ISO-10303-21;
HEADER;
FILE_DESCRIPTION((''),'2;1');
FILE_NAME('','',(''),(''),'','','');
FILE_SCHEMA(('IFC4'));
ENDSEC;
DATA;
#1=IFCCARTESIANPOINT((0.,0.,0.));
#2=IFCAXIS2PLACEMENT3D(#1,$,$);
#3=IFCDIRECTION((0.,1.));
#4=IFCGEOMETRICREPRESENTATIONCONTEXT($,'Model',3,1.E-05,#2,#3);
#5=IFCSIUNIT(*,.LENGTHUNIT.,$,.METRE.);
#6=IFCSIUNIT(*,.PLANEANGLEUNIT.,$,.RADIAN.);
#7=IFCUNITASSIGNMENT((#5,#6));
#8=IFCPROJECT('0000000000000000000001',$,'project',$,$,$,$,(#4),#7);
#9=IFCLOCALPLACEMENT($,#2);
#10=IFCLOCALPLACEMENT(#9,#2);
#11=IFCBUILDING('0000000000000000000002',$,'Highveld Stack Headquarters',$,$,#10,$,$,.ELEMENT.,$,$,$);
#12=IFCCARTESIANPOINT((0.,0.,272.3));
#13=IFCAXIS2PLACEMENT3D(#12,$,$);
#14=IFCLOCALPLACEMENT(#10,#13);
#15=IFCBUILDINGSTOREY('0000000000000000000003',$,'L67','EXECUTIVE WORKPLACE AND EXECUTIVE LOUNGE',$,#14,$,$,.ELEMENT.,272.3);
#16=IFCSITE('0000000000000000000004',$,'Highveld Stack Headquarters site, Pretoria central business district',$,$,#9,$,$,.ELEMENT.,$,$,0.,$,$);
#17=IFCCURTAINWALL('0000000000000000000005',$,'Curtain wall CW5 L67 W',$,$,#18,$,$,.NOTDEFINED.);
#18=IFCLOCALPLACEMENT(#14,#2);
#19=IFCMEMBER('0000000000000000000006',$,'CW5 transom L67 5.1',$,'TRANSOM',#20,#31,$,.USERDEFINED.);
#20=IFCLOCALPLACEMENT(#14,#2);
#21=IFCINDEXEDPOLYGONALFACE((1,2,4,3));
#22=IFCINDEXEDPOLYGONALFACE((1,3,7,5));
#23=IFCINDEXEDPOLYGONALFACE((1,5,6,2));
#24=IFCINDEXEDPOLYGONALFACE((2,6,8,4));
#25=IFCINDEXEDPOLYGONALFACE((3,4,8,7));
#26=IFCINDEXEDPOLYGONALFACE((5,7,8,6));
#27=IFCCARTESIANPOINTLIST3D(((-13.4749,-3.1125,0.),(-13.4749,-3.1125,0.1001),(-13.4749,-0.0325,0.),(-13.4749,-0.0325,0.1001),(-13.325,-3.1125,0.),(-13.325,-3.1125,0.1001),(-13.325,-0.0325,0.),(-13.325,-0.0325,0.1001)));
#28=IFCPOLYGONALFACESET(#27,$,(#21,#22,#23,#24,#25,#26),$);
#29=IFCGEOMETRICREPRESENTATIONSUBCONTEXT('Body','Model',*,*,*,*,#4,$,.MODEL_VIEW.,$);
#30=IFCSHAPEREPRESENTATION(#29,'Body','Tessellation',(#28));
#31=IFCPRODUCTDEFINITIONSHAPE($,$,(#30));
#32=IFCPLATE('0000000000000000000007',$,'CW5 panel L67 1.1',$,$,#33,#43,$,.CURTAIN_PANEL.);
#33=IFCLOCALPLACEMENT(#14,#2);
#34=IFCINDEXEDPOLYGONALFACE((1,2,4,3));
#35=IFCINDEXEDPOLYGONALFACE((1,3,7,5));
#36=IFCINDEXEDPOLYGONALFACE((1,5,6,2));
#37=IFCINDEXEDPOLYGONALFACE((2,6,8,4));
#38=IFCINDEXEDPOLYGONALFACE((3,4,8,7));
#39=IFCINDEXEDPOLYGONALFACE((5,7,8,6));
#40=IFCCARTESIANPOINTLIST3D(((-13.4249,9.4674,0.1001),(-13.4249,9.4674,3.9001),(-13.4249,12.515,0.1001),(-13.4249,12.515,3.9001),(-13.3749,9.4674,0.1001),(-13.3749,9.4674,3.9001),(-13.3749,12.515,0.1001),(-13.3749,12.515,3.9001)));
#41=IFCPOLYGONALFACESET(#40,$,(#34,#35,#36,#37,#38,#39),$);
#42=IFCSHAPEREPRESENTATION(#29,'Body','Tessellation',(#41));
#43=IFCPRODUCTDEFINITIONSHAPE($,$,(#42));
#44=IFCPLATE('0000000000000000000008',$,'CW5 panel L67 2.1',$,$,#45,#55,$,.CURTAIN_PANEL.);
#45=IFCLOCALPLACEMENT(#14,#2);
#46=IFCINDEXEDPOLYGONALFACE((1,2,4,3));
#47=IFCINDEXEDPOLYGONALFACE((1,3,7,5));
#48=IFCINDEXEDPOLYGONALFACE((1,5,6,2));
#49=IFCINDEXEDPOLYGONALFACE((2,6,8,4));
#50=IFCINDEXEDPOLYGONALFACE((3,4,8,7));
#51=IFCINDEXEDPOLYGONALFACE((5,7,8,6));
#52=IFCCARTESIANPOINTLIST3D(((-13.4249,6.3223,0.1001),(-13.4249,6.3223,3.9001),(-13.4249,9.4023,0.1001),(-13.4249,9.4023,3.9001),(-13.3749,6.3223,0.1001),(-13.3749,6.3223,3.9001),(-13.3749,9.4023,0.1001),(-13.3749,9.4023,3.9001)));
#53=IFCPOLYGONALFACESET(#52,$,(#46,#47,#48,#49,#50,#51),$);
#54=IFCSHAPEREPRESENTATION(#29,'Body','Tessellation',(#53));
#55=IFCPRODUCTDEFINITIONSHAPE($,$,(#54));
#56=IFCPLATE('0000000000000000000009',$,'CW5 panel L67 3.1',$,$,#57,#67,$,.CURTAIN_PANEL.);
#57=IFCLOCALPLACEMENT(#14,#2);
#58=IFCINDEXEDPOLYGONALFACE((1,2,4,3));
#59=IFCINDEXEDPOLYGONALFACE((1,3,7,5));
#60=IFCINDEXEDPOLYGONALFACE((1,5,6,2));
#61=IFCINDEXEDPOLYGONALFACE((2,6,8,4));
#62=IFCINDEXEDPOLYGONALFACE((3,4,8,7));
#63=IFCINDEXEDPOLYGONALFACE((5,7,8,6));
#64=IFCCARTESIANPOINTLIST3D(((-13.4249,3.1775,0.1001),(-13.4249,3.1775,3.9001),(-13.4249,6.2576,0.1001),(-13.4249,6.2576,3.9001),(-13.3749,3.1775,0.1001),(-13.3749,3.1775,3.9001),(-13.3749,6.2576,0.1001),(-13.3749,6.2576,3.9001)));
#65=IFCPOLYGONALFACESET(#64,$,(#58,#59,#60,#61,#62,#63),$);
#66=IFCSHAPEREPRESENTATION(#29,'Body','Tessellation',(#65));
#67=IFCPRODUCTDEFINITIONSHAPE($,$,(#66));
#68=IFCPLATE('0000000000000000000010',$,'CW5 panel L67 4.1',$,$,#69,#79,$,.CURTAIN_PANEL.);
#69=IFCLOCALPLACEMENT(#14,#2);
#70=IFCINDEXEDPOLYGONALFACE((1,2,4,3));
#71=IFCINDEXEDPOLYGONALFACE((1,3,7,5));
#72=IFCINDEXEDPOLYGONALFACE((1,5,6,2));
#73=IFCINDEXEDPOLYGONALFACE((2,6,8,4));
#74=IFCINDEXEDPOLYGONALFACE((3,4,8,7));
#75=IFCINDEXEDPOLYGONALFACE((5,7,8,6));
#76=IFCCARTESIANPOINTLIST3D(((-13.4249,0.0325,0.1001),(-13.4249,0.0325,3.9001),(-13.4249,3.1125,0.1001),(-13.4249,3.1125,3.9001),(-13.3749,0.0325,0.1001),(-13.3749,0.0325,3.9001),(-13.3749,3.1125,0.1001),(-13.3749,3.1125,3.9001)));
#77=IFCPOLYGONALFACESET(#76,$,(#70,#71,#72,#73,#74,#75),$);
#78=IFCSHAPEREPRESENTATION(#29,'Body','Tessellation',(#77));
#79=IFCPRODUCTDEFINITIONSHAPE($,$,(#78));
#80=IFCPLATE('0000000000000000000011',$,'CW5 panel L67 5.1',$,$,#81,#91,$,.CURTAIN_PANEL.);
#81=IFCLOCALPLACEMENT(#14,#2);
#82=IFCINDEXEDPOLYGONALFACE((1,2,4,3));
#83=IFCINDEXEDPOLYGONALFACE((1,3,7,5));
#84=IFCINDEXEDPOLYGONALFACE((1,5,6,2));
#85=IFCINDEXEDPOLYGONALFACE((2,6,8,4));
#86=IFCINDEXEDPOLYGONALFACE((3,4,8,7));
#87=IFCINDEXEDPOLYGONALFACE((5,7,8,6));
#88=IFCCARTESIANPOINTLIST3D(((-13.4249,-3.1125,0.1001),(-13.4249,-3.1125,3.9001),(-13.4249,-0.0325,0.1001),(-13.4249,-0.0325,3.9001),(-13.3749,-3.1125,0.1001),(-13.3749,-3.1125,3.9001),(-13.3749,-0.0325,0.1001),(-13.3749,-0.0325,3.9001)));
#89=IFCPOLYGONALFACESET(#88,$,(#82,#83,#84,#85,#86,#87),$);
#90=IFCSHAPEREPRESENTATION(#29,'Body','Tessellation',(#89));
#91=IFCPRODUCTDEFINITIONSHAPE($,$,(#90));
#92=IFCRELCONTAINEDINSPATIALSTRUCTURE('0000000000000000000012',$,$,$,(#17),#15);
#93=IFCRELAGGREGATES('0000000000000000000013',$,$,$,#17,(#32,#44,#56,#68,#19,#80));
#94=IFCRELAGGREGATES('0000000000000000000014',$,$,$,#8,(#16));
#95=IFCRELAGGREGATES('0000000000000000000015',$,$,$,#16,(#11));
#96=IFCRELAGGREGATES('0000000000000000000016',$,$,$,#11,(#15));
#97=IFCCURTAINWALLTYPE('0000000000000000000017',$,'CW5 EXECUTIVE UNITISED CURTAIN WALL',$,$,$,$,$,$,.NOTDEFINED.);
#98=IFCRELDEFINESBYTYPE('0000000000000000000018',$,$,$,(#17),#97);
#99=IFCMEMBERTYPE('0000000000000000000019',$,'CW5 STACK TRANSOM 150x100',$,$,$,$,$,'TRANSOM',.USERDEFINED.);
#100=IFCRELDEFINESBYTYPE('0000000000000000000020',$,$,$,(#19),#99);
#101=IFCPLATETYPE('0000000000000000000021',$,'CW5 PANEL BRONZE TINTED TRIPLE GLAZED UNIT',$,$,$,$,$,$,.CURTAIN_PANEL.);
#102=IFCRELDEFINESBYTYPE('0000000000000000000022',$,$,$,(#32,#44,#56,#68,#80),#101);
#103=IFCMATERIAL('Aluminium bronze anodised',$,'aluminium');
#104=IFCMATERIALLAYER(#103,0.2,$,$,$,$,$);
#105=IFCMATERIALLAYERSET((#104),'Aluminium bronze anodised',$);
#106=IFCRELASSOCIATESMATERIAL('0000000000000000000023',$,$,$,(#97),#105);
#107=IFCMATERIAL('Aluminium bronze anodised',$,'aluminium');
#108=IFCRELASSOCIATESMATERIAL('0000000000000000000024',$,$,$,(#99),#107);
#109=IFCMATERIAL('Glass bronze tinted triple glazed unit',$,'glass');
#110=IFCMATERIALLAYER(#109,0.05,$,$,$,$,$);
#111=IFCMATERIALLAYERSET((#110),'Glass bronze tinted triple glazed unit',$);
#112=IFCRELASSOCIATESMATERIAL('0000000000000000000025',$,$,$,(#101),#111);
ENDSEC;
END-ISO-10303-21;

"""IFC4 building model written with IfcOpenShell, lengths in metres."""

from ifc_helpers import new_model, si_unit, direction, frame, origin, origin_2d, place, context, subcontext, project, spatial, rectangle, extrude, material, layer, layer_set, material_profile, profile_set, type_object, element, aggregate, save


model = new_model("IFC4")

# Units and contexts
model_context = context("Model", 3, precision=1e-05, world=origin(), true_north=direction((0.0, 1.0)))
body_context = subcontext(model_context, "Body", "Model", "MODEL_VIEW")
ifc_project = project(units=[si_unit("LENGTHUNIT", "METRE"), si_unit("PLANEANGLEUNIT", "RADIAN")], contexts=[model_context])

# Site, building, storey
site_placement = place(None, origin())
site = spatial("IfcSite", under=ifc_project, at=site_placement, Name="Highveld Stack Headquarters site, Pretoria central business district", CompositionType="ELEMENT", RefElevation=0.0)
building_placement = place(site_placement, origin())
building = spatial("IfcBuilding", under=site, at=building_placement, Name="Highveld Stack Headquarters", CompositionType="ELEMENT")
storey_placement = place(building_placement, frame((0.0, 0.0, 272.3)))
storey = spatial("IfcBuildingStorey", under=building, at=storey_placement, Name="L67", Description="EXECUTIVE WORKPLACE AND EXECUTIVE LOUNGE", CompositionType="ELEMENT", Elevation=272.3)

# Curtain wall, member, plates
ifc_material_1 = material(Name="Aluminium bronze anodised", Category="aluminium")
ifc_layer_1 = layer(ifc_material_1, 0.2)
ifc_layer_set_1 = layer_set([ifc_layer_1], Name="Aluminium bronze anodised")
curtain_wall_type = type_object("IfcCurtainWallType", Name="CW5 EXECUTIVE UNITISED CURTAIN WALL", PredefinedType="NOTDEFINED", material=ifc_layer_set_1)
curtain_wall_placement = place(storey_placement, origin())
curtain_wall = element("IfcCurtainWall", 1, at=curtain_wall_placement, inside=storey, type_object=curtain_wall_type, Name="Curtain wall CW5 L67 W", PredefinedType="NOTDEFINED")
ifc_material_2 = material(Name="Aluminium bronze anodised", Category="aluminium")
ifc_material_profile_1 = material_profile(ifc_material_2, rectangle(XDim=0.1499, YDim=0.1001, at=origin_2d()), Name="CW5 TRANSOM 150x100")
ifc_profile_set_1 = profile_set([ifc_material_profile_1], Name="Aluminium bronze anodised")
member_type_1 = type_object("IfcMemberType", Name="CW5 STACK TRANSOM 150x100", ElementType="TRANSOM", PredefinedType="USERDEFINED", material=ifc_profile_set_1)
member_1_placement = place(storey_placement, frame((-13.3999, -0.0325, 0.05), z_axis=(0.0, -1.0, 0.0), x_axis=(1.0, 0.0, 0.0)))
member_1 = element("IfcMember", 2, at=member_1_placement, type_object=member_type_1, Name="CW5 transom L67 5.1", ObjectType="TRANSOM", PredefinedType="USERDEFINED", context=body_context, shape_type="SweptSolid", body=[
    extrude(rectangle(XDim=0.1499, YDim=0.1001, at=origin_2d()), origin(), (0.0, 0.0, 1.0), 3.0801),
])
ifc_material_3 = material(Name="Glass bronze tinted triple glazed unit", Category="glass")
ifc_layer_2 = layer(ifc_material_3, 0.05)
ifc_layer_set_2 = layer_set([ifc_layer_2], Name="Glass bronze tinted triple glazed unit")
plate_type = type_object("IfcPlateType", Name="CW5 PANEL BRONZE TINTED TRIPLE GLAZED UNIT", PredefinedType="CURTAIN_PANEL", material=ifc_layer_set_2)
plate_1_placement = place(storey_placement, frame((-13.3999, 10.9912, 0.1001), z_axis=(0.0, 0.0, 1.0), x_axis=(0.0, -1.0, 0.0)))
plate_1 = element("IfcPlate", 3, at=plate_1_placement, type_object=plate_type, Name="CW5 panel L67 1.1", PredefinedType="CURTAIN_PANEL", context=body_context, shape_type="SweptSolid", body=[
    extrude(rectangle(XDim=3.0476, YDim=0.05, at=origin_2d()), origin(), (0.0, 0.0, 1.0), 3.8),
])
plate_2_placement = place(storey_placement, frame((-13.3999, 7.8623, 0.1001), z_axis=(0.0, 0.0, 1.0), x_axis=(0.0, -1.0, 0.0)))
plate_2 = element("IfcPlate", 4, at=plate_2_placement, type_object=plate_type, Name="CW5 panel L67 2.1", PredefinedType="CURTAIN_PANEL", context=body_context, shape_type="SweptSolid", body=[
    extrude(rectangle(XDim=3.0801, YDim=0.05, at=origin_2d()), origin(), (0.0, 0.0, 1.0), 3.8),
])
plate_3_placement = place(storey_placement, frame((-13.3999, 4.7175, 0.1001), z_axis=(0.0, 0.0, 1.0), x_axis=(0.0, -1.0, 0.0)))
plate_3 = element("IfcPlate", 5, at=plate_3_placement, type_object=plate_type, Name="CW5 panel L67 3.1", PredefinedType="CURTAIN_PANEL", context=body_context, shape_type="SweptSolid", body=[
    extrude(rectangle(XDim=3.0801, YDim=0.05, at=origin_2d()), origin(), (0.0, 0.0, 1.0), 3.8),
])
plate_4_placement = place(storey_placement, frame((-13.3999, 1.5725, 0.1001), z_axis=(0.0, 0.0, 1.0), x_axis=(0.0, -1.0, 0.0)))
plate_4 = element("IfcPlate", 6, at=plate_4_placement, type_object=plate_type, Name="CW5 panel L67 4.1", PredefinedType="CURTAIN_PANEL", context=body_context, shape_type="SweptSolid", body=[
    extrude(rectangle(XDim=3.0801, YDim=0.05, at=origin_2d()), origin(), (0.0, 0.0, 1.0), 3.8),
])
plate_5_placement = place(storey_placement, frame((-13.3999, -1.5725, 0.1001), z_axis=(0.0, 0.0, 1.0), x_axis=(0.0, -1.0, 0.0)))
plate_5 = element("IfcPlate", 7, at=plate_5_placement, type_object=plate_type, Name="CW5 panel L67 5.1", PredefinedType="CURTAIN_PANEL", context=body_context, shape_type="SweptSolid", body=[
    extrude(rectangle(XDim=3.0801, YDim=0.05, at=origin_2d()), origin(), (0.0, 0.0, 1.0), 3.8),
])
aggregate(curtain_wall, [plate_1, plate_2, plate_3, plate_4, member_1, plate_5])

save(model, "model.ifc")
